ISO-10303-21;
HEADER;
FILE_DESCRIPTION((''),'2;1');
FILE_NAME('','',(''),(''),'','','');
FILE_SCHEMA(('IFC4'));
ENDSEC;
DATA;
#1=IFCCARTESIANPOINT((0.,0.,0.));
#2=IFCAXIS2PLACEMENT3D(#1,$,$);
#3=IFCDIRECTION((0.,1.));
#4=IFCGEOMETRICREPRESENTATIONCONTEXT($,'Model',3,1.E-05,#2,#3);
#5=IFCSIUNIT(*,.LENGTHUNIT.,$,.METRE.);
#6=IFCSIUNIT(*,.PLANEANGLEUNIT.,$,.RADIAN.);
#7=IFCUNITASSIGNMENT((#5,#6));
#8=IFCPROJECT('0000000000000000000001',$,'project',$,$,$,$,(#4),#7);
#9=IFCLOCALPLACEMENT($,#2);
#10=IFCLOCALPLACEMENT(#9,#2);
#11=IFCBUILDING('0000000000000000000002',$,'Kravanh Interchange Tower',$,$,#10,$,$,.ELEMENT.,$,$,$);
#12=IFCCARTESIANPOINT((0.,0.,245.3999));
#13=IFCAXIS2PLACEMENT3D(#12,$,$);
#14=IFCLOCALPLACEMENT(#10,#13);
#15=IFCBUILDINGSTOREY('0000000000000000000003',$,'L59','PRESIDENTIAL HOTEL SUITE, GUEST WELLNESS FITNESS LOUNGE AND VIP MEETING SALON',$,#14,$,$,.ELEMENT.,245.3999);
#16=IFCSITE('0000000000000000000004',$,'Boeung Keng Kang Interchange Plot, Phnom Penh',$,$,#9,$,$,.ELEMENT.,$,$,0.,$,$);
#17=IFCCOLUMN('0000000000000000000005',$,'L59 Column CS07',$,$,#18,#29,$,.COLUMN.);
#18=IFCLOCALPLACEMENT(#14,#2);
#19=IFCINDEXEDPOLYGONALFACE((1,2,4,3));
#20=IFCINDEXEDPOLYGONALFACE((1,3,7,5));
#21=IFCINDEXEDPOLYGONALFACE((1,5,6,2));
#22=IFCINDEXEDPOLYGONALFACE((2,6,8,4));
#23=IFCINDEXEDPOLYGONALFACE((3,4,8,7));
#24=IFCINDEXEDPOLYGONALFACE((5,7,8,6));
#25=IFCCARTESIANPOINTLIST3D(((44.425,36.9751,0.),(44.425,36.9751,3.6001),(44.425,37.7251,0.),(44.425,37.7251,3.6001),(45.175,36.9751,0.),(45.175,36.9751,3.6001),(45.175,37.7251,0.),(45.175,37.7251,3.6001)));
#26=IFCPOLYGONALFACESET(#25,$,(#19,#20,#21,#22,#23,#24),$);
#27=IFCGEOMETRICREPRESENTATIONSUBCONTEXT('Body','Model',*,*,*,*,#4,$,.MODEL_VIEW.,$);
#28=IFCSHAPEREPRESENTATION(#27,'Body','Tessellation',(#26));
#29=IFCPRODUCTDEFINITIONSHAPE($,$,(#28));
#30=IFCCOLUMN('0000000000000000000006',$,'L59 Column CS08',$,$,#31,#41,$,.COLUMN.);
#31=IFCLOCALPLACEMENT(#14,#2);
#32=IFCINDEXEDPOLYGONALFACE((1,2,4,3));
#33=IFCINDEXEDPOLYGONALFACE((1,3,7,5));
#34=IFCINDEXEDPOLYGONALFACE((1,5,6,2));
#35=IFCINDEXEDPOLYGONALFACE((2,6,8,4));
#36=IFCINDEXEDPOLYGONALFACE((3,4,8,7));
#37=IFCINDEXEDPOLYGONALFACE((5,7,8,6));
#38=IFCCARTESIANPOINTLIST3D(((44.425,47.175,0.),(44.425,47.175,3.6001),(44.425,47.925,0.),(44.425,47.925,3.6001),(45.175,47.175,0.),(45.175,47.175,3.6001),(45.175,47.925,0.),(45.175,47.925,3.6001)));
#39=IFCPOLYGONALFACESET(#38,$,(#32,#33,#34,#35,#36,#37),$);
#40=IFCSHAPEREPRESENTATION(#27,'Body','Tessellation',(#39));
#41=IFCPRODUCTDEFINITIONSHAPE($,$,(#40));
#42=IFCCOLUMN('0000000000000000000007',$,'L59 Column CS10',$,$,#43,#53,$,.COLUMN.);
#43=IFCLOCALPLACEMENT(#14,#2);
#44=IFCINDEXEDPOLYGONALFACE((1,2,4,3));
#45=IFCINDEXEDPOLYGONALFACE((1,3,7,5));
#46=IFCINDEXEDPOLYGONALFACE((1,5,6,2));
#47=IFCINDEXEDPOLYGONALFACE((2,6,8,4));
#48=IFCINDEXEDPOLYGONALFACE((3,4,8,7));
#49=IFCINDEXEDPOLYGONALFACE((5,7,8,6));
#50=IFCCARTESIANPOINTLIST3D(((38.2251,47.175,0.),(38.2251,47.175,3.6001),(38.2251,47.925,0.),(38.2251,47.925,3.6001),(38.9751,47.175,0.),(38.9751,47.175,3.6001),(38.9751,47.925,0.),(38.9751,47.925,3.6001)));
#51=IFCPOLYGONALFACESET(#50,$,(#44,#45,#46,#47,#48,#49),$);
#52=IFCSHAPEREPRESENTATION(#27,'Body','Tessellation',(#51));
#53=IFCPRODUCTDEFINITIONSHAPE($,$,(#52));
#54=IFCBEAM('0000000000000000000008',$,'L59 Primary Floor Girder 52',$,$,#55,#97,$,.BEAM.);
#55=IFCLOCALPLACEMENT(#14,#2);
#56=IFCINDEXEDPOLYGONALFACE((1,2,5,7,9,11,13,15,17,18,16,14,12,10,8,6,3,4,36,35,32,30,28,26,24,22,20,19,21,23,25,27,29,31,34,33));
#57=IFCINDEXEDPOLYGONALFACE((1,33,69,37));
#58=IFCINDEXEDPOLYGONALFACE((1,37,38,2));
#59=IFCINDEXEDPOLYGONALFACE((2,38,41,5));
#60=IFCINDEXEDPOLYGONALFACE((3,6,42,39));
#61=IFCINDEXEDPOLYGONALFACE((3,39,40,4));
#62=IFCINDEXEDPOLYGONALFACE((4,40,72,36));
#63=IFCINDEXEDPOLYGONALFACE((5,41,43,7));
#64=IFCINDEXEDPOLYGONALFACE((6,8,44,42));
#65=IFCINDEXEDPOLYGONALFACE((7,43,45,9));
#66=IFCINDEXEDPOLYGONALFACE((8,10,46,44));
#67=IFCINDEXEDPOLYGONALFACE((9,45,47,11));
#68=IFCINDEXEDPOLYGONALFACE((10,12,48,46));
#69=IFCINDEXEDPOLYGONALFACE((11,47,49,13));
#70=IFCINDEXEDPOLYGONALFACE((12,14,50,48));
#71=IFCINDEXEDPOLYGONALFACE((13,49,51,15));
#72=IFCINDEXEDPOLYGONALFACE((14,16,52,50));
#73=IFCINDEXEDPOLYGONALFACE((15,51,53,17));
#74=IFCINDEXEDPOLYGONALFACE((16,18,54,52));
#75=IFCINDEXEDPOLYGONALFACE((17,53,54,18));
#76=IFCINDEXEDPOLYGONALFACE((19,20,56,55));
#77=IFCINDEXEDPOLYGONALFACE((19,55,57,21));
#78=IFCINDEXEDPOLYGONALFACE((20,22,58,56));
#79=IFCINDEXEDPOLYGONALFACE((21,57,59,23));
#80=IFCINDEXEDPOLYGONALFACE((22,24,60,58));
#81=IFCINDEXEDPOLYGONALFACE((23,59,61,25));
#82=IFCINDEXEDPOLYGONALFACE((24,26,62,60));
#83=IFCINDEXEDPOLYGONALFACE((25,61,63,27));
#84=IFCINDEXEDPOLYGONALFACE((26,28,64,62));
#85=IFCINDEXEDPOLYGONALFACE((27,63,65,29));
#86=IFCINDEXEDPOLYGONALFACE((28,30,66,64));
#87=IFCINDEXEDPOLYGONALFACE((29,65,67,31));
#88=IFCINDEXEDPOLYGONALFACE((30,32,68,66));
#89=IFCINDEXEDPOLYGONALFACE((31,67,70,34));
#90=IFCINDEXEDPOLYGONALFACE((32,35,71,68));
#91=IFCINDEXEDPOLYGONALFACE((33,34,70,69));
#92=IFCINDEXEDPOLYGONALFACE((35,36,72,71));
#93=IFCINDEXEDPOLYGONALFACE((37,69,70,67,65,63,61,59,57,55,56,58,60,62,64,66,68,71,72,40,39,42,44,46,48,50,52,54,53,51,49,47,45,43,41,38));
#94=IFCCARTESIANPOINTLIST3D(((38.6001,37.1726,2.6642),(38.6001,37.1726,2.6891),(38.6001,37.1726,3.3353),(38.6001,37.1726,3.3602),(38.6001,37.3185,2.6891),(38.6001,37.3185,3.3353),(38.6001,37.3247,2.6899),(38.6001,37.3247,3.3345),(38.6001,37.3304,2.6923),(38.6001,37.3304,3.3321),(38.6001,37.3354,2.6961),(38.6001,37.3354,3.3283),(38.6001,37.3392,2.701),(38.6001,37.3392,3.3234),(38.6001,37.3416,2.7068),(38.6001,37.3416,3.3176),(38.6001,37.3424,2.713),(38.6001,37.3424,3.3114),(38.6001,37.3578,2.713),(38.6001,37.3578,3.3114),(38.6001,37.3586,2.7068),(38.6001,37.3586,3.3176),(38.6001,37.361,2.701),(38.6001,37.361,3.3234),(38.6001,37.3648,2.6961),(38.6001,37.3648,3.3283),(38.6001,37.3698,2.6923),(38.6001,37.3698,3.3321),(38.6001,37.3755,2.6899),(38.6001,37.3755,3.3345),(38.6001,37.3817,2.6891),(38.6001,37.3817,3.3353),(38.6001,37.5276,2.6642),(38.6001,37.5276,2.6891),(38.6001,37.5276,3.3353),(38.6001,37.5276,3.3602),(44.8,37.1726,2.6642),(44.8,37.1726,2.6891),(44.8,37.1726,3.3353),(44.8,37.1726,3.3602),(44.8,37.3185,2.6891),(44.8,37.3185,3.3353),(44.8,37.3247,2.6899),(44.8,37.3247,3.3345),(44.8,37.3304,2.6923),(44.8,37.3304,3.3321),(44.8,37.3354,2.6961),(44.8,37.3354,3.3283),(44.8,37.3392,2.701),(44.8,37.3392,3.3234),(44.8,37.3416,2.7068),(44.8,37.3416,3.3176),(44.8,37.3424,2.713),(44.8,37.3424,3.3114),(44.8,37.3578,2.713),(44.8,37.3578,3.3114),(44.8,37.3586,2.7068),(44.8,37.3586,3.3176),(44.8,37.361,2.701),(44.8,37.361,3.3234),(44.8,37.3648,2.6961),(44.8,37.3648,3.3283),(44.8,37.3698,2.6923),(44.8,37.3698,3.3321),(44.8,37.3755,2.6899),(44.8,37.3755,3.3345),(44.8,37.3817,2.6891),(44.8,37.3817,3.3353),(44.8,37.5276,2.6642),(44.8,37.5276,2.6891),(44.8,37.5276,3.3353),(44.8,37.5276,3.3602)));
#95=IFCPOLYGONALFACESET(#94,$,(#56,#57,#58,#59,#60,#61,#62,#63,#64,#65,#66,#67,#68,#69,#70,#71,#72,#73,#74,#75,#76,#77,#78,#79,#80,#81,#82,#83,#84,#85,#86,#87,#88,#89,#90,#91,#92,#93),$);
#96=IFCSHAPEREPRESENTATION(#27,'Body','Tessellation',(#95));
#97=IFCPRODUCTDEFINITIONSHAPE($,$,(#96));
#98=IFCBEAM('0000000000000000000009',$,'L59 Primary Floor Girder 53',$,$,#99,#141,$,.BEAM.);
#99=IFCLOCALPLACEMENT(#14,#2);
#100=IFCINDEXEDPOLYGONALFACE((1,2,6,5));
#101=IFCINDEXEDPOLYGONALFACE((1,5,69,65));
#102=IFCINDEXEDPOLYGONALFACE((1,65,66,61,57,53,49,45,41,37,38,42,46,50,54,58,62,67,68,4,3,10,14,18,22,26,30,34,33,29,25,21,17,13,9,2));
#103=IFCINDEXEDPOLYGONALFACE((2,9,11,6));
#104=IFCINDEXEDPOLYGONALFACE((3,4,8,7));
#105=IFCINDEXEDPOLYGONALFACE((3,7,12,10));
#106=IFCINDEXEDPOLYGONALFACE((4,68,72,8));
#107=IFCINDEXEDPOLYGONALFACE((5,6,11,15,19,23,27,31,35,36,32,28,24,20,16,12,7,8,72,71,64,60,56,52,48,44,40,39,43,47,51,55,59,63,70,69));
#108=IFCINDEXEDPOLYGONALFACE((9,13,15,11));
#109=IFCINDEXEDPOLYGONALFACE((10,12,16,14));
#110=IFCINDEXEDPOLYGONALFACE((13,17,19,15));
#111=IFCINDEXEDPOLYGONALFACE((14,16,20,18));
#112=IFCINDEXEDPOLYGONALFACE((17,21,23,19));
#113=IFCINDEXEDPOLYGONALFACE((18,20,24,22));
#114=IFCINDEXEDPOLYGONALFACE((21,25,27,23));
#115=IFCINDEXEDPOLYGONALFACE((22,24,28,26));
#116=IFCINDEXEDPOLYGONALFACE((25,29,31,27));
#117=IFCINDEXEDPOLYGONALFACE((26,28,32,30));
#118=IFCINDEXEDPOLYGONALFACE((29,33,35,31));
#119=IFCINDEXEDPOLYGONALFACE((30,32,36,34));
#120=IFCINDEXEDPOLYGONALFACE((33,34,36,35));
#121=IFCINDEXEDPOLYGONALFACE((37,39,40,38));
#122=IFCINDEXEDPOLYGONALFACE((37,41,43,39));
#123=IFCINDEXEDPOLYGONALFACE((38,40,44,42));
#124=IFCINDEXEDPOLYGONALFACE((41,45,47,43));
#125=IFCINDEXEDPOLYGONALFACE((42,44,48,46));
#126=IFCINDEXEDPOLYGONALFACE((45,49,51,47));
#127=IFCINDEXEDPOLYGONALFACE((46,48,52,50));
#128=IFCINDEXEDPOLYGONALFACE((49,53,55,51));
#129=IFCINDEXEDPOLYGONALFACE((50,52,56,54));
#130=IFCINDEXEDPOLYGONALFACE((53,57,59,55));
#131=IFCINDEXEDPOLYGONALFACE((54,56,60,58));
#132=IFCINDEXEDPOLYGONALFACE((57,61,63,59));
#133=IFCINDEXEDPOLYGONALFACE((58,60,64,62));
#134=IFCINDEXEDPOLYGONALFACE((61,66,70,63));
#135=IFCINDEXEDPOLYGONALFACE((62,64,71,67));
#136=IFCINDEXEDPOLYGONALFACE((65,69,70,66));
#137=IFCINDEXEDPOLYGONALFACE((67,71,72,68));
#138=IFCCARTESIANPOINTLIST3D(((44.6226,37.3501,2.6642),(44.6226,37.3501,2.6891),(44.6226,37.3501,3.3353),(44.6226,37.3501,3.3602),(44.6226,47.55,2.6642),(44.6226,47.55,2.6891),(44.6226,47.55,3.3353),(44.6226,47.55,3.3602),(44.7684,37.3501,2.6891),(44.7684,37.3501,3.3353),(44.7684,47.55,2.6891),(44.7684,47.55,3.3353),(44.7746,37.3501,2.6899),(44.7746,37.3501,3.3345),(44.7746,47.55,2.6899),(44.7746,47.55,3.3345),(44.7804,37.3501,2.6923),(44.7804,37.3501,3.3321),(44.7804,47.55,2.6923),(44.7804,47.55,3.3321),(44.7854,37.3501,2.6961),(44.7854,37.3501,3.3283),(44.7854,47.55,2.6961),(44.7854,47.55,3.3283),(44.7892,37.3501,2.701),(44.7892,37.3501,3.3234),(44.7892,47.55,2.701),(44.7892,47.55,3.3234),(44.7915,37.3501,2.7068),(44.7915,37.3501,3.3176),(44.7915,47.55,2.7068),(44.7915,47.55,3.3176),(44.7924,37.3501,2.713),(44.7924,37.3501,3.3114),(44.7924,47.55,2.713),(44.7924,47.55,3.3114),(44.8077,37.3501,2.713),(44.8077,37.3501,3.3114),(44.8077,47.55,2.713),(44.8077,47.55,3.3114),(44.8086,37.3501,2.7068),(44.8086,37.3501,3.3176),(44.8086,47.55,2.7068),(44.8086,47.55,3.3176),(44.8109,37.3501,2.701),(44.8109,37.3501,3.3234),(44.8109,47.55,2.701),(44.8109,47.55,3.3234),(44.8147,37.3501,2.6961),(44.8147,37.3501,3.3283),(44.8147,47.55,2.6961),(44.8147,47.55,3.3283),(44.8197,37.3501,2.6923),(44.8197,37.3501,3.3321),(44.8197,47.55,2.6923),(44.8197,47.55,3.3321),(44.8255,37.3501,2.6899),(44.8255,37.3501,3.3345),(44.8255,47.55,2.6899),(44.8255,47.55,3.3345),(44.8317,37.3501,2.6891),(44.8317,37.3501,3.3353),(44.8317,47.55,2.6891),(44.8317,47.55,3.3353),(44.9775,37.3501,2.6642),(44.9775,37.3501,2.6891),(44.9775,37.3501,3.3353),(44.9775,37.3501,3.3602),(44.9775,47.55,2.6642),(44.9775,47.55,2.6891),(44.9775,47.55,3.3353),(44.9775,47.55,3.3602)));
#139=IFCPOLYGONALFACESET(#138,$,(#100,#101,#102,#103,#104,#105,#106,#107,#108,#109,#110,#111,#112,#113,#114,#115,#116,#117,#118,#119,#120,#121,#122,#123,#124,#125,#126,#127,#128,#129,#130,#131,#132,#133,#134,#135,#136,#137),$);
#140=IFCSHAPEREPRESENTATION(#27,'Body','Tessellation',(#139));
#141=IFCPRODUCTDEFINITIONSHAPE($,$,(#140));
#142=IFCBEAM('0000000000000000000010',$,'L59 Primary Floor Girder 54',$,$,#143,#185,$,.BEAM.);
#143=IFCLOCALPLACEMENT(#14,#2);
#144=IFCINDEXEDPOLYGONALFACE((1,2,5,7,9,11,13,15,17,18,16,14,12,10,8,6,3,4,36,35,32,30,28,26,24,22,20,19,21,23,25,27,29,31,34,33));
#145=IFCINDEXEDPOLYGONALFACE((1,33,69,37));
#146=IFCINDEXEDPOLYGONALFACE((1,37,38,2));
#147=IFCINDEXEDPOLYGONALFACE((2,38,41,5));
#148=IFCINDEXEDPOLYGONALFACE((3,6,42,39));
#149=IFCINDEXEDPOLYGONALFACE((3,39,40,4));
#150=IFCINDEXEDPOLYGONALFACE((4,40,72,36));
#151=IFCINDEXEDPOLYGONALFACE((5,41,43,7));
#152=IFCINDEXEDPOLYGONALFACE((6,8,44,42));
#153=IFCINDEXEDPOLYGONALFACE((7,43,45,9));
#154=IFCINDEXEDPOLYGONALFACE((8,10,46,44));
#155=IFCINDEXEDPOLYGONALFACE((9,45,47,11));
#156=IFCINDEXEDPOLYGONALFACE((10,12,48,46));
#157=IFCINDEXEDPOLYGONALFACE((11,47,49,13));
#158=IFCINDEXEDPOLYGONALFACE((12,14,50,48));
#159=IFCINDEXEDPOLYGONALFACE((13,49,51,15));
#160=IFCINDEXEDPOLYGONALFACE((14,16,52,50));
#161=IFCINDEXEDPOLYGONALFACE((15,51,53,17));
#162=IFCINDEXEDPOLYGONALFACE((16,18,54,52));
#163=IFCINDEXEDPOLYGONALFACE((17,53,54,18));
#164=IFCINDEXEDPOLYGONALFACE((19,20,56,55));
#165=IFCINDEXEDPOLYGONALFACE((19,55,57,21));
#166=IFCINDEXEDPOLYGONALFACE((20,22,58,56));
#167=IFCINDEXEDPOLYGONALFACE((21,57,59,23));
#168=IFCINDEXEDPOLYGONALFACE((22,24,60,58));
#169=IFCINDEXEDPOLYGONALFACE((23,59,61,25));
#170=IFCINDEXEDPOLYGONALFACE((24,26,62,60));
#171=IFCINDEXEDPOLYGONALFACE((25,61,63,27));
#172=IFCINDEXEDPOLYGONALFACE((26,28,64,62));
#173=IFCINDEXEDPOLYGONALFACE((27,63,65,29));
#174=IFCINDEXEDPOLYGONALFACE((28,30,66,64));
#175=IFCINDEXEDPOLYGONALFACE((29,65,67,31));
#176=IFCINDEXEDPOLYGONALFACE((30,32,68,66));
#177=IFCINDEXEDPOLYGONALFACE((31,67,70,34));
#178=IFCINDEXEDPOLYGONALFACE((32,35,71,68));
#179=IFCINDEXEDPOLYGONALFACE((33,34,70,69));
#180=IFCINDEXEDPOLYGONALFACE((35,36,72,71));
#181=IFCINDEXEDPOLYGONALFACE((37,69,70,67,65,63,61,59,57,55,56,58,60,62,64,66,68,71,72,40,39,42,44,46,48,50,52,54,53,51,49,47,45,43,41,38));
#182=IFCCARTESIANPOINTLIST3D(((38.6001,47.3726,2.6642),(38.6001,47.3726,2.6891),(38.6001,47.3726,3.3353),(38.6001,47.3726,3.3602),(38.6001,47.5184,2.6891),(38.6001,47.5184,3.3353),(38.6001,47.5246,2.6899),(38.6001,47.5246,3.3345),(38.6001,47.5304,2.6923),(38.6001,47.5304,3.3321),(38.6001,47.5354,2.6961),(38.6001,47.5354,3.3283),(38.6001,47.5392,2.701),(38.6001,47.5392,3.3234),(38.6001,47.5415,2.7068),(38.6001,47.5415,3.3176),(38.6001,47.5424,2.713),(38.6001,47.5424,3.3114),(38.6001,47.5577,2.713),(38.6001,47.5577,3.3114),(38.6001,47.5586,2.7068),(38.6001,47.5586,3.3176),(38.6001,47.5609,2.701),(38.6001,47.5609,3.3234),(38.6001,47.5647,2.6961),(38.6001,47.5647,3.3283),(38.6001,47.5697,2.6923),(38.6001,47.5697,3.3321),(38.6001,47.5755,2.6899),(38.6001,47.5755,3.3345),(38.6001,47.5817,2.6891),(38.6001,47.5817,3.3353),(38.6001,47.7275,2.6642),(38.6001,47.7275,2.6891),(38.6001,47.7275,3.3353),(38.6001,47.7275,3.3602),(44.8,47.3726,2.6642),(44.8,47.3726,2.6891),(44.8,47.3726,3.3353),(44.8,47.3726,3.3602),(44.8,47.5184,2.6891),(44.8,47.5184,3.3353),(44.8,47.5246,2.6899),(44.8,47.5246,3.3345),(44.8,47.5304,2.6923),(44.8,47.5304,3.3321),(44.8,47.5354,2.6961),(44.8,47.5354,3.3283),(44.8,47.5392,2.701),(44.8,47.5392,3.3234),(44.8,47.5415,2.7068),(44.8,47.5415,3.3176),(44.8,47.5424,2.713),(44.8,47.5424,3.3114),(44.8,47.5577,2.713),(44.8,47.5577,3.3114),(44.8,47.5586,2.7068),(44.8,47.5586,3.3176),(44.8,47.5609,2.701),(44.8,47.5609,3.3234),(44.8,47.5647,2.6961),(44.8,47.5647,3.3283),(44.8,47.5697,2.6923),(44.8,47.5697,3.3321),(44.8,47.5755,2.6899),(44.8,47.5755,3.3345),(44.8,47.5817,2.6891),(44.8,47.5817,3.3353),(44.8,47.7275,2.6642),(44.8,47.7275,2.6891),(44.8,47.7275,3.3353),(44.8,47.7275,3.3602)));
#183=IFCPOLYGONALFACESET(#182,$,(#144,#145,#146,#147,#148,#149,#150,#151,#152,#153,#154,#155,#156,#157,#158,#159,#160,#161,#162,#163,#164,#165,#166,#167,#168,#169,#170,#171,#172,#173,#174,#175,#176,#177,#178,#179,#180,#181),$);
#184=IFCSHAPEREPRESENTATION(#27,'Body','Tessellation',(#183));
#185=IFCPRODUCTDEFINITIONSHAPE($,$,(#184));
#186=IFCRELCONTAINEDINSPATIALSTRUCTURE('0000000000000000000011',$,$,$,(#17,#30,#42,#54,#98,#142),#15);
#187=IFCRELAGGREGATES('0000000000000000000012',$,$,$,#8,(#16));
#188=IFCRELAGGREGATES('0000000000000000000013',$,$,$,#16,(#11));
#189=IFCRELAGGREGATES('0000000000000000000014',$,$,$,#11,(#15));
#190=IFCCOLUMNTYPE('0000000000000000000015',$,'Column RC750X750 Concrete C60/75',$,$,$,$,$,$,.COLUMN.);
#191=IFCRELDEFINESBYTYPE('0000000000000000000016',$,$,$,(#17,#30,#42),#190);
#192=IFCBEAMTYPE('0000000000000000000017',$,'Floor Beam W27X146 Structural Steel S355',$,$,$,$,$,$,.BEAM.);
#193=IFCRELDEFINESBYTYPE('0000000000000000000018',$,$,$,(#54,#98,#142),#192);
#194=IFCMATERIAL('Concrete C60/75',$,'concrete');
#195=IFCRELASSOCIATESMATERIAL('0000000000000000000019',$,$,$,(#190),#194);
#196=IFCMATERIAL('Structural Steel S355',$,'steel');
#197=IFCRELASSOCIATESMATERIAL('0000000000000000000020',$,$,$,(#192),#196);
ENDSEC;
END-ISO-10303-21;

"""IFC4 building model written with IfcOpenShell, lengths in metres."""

from ifc_helpers import new_model, si_unit, direction, frame, origin, origin_2d, place, context, subcontext, project, spatial, rectangle, i_section, extrude, material, material_profile, profile_set, type_object, element, save


model = new_model("IFC4")

# Units and contexts
model_context = context("Model", 3, precision=1e-05, world=origin(), true_north=direction((0.0, 1.0)))
body_context = subcontext(model_context, "Body", "Model", "MODEL_VIEW")
ifc_project = project(units=[si_unit("LENGTHUNIT", "METRE"), si_unit("PLANEANGLEUNIT", "RADIAN")], contexts=[model_context])

# Site, building, storey
site_placement = place(None, origin())
site = spatial("IfcSite", under=ifc_project, at=site_placement, Name="Boeung Keng Kang Interchange Plot, Phnom Penh", CompositionType="ELEMENT", RefElevation=0.0)
building_placement = place(site_placement, origin())
building = spatial("IfcBuilding", under=site, at=building_placement, Name="Kravanh Interchange Tower", CompositionType="ELEMENT")
storey_placement = place(building_placement, frame((0.0, 0.0, 245.3999)))
storey = spatial("IfcBuildingStorey", under=building, at=storey_placement, Name="L59", Description="PRESIDENTIAL HOTEL SUITE, GUEST WELLNESS FITNESS LOUNGE AND VIP MEETING SALON", CompositionType="ELEMENT", Elevation=245.3999)

# Columns
ifc_material_1 = material(Name="Concrete C60/75", Category="concrete")
ifc_material_profile_1 = material_profile(ifc_material_1, rectangle(XDim=0.75, YDim=0.75, at=origin_2d()), Name="RC750X750")
ifc_profile_set_1 = profile_set([ifc_material_profile_1], Name="Concrete C60/75")
column_type = type_object("IfcColumnType", Name="Column RC750X750 Concrete C60/75", PredefinedType="COLUMN", material=ifc_profile_set_1)
for number, where, z_axis, x_axis, name in (
    (1, (44.8, 37.3501, 0.0), (0.0, 0.0, 1.0), (1.0, 0.0, 0.0), "L59 Column CS07"),
    (2, (44.8, 47.55, 0.0), (0.0, 0.0, 1.0), (1.0, 0.0, 0.0), "L59 Column CS08"),
    (3, (38.6001, 47.55, 0.0), (0.0, 0.0, 1.0), (1.0, 0.0, 0.0), "L59 Column CS10"),
):
    element("IfcColumn", number, at=place(storey_placement, frame(where, z_axis=z_axis, x_axis=x_axis)), inside=storey, type_object=column_type, Name=name, PredefinedType="COLUMN", context=body_context, shape_type="SweptSolid", body=[
        extrude(rectangle(XDim=0.75, YDim=0.75, at=origin_2d()), origin(), (0.0, 0.0, 1.0), 3.6001),
    ])

# Beams
ifc_material_2 = material(Name="Structural Steel S355", Category="steel")
ifc_material_profile_2 = material_profile(ifc_material_2, i_section(OverallWidth=0.355, OverallDepth=0.696, WebThickness=0.0154, FlangeThickness=0.0249, FilletRadius=0.0239, at=origin_2d()), Name="W27X146")
ifc_profile_set_2 = profile_set([ifc_material_profile_2], Name="Structural Steel S355")
beam_type = type_object("IfcBeamType", Name="Floor Beam W27X146 Structural Steel S355", PredefinedType="BEAM", material=ifc_profile_set_2)
beam_1_placement = place(storey_placement, frame((44.8, 37.3501, 3.0122), z_axis=(-1.0, 0.0, 0.0), x_axis=(0.0, -1.0, 0.0)))
element("IfcBeam", 4, at=beam_1_placement, inside=storey, type_object=beam_type, Name="L59 Primary Floor Girder 52", PredefinedType="BEAM", context=body_context, shape_type="SweptSolid", body=[
    extrude(i_section(OverallWidth=0.355, OverallDepth=0.696, WebThickness=0.0154, FlangeThickness=0.0249, FilletRadius=0.0239, at=origin_2d()), origin(), (0.0, 0.0, 1.0), 6.2),
])
beam_2_placement = place(storey_placement, frame((44.8, 37.3501, 3.0122), z_axis=(0.0, 1.0, 0.0), x_axis=(-1.0, 0.0, 0.0)))
element("IfcBeam", 5, at=beam_2_placement, inside=storey, type_object=beam_type, Name="L59 Primary Floor Girder 53", PredefinedType="BEAM", context=body_context, shape_type="SweptSolid", body=[
    extrude(i_section(OverallWidth=0.355, OverallDepth=0.696, WebThickness=0.0154, FlangeThickness=0.0249, FilletRadius=0.0239, at=origin_2d()), origin(), (0.0, 0.0, 1.0), 10.2),
])
beam_3_placement = place(storey_placement, frame((44.8, 47.55, 3.0122), z_axis=(-1.0, 0.0, 0.0), x_axis=(0.0, -1.0, 0.0)))
element("IfcBeam", 6, at=beam_3_placement, inside=storey, type_object=beam_type, Name="L59 Primary Floor Girder 54", PredefinedType="BEAM", context=body_context, shape_type="SweptSolid", body=[
    extrude(i_section(OverallWidth=0.355, OverallDepth=0.696, WebThickness=0.0154, FlangeThickness=0.0249, FilletRadius=0.0239, at=origin_2d()), origin(), (0.0, 0.0, 1.0), 6.2),
])

save(model, "model.ifc")
